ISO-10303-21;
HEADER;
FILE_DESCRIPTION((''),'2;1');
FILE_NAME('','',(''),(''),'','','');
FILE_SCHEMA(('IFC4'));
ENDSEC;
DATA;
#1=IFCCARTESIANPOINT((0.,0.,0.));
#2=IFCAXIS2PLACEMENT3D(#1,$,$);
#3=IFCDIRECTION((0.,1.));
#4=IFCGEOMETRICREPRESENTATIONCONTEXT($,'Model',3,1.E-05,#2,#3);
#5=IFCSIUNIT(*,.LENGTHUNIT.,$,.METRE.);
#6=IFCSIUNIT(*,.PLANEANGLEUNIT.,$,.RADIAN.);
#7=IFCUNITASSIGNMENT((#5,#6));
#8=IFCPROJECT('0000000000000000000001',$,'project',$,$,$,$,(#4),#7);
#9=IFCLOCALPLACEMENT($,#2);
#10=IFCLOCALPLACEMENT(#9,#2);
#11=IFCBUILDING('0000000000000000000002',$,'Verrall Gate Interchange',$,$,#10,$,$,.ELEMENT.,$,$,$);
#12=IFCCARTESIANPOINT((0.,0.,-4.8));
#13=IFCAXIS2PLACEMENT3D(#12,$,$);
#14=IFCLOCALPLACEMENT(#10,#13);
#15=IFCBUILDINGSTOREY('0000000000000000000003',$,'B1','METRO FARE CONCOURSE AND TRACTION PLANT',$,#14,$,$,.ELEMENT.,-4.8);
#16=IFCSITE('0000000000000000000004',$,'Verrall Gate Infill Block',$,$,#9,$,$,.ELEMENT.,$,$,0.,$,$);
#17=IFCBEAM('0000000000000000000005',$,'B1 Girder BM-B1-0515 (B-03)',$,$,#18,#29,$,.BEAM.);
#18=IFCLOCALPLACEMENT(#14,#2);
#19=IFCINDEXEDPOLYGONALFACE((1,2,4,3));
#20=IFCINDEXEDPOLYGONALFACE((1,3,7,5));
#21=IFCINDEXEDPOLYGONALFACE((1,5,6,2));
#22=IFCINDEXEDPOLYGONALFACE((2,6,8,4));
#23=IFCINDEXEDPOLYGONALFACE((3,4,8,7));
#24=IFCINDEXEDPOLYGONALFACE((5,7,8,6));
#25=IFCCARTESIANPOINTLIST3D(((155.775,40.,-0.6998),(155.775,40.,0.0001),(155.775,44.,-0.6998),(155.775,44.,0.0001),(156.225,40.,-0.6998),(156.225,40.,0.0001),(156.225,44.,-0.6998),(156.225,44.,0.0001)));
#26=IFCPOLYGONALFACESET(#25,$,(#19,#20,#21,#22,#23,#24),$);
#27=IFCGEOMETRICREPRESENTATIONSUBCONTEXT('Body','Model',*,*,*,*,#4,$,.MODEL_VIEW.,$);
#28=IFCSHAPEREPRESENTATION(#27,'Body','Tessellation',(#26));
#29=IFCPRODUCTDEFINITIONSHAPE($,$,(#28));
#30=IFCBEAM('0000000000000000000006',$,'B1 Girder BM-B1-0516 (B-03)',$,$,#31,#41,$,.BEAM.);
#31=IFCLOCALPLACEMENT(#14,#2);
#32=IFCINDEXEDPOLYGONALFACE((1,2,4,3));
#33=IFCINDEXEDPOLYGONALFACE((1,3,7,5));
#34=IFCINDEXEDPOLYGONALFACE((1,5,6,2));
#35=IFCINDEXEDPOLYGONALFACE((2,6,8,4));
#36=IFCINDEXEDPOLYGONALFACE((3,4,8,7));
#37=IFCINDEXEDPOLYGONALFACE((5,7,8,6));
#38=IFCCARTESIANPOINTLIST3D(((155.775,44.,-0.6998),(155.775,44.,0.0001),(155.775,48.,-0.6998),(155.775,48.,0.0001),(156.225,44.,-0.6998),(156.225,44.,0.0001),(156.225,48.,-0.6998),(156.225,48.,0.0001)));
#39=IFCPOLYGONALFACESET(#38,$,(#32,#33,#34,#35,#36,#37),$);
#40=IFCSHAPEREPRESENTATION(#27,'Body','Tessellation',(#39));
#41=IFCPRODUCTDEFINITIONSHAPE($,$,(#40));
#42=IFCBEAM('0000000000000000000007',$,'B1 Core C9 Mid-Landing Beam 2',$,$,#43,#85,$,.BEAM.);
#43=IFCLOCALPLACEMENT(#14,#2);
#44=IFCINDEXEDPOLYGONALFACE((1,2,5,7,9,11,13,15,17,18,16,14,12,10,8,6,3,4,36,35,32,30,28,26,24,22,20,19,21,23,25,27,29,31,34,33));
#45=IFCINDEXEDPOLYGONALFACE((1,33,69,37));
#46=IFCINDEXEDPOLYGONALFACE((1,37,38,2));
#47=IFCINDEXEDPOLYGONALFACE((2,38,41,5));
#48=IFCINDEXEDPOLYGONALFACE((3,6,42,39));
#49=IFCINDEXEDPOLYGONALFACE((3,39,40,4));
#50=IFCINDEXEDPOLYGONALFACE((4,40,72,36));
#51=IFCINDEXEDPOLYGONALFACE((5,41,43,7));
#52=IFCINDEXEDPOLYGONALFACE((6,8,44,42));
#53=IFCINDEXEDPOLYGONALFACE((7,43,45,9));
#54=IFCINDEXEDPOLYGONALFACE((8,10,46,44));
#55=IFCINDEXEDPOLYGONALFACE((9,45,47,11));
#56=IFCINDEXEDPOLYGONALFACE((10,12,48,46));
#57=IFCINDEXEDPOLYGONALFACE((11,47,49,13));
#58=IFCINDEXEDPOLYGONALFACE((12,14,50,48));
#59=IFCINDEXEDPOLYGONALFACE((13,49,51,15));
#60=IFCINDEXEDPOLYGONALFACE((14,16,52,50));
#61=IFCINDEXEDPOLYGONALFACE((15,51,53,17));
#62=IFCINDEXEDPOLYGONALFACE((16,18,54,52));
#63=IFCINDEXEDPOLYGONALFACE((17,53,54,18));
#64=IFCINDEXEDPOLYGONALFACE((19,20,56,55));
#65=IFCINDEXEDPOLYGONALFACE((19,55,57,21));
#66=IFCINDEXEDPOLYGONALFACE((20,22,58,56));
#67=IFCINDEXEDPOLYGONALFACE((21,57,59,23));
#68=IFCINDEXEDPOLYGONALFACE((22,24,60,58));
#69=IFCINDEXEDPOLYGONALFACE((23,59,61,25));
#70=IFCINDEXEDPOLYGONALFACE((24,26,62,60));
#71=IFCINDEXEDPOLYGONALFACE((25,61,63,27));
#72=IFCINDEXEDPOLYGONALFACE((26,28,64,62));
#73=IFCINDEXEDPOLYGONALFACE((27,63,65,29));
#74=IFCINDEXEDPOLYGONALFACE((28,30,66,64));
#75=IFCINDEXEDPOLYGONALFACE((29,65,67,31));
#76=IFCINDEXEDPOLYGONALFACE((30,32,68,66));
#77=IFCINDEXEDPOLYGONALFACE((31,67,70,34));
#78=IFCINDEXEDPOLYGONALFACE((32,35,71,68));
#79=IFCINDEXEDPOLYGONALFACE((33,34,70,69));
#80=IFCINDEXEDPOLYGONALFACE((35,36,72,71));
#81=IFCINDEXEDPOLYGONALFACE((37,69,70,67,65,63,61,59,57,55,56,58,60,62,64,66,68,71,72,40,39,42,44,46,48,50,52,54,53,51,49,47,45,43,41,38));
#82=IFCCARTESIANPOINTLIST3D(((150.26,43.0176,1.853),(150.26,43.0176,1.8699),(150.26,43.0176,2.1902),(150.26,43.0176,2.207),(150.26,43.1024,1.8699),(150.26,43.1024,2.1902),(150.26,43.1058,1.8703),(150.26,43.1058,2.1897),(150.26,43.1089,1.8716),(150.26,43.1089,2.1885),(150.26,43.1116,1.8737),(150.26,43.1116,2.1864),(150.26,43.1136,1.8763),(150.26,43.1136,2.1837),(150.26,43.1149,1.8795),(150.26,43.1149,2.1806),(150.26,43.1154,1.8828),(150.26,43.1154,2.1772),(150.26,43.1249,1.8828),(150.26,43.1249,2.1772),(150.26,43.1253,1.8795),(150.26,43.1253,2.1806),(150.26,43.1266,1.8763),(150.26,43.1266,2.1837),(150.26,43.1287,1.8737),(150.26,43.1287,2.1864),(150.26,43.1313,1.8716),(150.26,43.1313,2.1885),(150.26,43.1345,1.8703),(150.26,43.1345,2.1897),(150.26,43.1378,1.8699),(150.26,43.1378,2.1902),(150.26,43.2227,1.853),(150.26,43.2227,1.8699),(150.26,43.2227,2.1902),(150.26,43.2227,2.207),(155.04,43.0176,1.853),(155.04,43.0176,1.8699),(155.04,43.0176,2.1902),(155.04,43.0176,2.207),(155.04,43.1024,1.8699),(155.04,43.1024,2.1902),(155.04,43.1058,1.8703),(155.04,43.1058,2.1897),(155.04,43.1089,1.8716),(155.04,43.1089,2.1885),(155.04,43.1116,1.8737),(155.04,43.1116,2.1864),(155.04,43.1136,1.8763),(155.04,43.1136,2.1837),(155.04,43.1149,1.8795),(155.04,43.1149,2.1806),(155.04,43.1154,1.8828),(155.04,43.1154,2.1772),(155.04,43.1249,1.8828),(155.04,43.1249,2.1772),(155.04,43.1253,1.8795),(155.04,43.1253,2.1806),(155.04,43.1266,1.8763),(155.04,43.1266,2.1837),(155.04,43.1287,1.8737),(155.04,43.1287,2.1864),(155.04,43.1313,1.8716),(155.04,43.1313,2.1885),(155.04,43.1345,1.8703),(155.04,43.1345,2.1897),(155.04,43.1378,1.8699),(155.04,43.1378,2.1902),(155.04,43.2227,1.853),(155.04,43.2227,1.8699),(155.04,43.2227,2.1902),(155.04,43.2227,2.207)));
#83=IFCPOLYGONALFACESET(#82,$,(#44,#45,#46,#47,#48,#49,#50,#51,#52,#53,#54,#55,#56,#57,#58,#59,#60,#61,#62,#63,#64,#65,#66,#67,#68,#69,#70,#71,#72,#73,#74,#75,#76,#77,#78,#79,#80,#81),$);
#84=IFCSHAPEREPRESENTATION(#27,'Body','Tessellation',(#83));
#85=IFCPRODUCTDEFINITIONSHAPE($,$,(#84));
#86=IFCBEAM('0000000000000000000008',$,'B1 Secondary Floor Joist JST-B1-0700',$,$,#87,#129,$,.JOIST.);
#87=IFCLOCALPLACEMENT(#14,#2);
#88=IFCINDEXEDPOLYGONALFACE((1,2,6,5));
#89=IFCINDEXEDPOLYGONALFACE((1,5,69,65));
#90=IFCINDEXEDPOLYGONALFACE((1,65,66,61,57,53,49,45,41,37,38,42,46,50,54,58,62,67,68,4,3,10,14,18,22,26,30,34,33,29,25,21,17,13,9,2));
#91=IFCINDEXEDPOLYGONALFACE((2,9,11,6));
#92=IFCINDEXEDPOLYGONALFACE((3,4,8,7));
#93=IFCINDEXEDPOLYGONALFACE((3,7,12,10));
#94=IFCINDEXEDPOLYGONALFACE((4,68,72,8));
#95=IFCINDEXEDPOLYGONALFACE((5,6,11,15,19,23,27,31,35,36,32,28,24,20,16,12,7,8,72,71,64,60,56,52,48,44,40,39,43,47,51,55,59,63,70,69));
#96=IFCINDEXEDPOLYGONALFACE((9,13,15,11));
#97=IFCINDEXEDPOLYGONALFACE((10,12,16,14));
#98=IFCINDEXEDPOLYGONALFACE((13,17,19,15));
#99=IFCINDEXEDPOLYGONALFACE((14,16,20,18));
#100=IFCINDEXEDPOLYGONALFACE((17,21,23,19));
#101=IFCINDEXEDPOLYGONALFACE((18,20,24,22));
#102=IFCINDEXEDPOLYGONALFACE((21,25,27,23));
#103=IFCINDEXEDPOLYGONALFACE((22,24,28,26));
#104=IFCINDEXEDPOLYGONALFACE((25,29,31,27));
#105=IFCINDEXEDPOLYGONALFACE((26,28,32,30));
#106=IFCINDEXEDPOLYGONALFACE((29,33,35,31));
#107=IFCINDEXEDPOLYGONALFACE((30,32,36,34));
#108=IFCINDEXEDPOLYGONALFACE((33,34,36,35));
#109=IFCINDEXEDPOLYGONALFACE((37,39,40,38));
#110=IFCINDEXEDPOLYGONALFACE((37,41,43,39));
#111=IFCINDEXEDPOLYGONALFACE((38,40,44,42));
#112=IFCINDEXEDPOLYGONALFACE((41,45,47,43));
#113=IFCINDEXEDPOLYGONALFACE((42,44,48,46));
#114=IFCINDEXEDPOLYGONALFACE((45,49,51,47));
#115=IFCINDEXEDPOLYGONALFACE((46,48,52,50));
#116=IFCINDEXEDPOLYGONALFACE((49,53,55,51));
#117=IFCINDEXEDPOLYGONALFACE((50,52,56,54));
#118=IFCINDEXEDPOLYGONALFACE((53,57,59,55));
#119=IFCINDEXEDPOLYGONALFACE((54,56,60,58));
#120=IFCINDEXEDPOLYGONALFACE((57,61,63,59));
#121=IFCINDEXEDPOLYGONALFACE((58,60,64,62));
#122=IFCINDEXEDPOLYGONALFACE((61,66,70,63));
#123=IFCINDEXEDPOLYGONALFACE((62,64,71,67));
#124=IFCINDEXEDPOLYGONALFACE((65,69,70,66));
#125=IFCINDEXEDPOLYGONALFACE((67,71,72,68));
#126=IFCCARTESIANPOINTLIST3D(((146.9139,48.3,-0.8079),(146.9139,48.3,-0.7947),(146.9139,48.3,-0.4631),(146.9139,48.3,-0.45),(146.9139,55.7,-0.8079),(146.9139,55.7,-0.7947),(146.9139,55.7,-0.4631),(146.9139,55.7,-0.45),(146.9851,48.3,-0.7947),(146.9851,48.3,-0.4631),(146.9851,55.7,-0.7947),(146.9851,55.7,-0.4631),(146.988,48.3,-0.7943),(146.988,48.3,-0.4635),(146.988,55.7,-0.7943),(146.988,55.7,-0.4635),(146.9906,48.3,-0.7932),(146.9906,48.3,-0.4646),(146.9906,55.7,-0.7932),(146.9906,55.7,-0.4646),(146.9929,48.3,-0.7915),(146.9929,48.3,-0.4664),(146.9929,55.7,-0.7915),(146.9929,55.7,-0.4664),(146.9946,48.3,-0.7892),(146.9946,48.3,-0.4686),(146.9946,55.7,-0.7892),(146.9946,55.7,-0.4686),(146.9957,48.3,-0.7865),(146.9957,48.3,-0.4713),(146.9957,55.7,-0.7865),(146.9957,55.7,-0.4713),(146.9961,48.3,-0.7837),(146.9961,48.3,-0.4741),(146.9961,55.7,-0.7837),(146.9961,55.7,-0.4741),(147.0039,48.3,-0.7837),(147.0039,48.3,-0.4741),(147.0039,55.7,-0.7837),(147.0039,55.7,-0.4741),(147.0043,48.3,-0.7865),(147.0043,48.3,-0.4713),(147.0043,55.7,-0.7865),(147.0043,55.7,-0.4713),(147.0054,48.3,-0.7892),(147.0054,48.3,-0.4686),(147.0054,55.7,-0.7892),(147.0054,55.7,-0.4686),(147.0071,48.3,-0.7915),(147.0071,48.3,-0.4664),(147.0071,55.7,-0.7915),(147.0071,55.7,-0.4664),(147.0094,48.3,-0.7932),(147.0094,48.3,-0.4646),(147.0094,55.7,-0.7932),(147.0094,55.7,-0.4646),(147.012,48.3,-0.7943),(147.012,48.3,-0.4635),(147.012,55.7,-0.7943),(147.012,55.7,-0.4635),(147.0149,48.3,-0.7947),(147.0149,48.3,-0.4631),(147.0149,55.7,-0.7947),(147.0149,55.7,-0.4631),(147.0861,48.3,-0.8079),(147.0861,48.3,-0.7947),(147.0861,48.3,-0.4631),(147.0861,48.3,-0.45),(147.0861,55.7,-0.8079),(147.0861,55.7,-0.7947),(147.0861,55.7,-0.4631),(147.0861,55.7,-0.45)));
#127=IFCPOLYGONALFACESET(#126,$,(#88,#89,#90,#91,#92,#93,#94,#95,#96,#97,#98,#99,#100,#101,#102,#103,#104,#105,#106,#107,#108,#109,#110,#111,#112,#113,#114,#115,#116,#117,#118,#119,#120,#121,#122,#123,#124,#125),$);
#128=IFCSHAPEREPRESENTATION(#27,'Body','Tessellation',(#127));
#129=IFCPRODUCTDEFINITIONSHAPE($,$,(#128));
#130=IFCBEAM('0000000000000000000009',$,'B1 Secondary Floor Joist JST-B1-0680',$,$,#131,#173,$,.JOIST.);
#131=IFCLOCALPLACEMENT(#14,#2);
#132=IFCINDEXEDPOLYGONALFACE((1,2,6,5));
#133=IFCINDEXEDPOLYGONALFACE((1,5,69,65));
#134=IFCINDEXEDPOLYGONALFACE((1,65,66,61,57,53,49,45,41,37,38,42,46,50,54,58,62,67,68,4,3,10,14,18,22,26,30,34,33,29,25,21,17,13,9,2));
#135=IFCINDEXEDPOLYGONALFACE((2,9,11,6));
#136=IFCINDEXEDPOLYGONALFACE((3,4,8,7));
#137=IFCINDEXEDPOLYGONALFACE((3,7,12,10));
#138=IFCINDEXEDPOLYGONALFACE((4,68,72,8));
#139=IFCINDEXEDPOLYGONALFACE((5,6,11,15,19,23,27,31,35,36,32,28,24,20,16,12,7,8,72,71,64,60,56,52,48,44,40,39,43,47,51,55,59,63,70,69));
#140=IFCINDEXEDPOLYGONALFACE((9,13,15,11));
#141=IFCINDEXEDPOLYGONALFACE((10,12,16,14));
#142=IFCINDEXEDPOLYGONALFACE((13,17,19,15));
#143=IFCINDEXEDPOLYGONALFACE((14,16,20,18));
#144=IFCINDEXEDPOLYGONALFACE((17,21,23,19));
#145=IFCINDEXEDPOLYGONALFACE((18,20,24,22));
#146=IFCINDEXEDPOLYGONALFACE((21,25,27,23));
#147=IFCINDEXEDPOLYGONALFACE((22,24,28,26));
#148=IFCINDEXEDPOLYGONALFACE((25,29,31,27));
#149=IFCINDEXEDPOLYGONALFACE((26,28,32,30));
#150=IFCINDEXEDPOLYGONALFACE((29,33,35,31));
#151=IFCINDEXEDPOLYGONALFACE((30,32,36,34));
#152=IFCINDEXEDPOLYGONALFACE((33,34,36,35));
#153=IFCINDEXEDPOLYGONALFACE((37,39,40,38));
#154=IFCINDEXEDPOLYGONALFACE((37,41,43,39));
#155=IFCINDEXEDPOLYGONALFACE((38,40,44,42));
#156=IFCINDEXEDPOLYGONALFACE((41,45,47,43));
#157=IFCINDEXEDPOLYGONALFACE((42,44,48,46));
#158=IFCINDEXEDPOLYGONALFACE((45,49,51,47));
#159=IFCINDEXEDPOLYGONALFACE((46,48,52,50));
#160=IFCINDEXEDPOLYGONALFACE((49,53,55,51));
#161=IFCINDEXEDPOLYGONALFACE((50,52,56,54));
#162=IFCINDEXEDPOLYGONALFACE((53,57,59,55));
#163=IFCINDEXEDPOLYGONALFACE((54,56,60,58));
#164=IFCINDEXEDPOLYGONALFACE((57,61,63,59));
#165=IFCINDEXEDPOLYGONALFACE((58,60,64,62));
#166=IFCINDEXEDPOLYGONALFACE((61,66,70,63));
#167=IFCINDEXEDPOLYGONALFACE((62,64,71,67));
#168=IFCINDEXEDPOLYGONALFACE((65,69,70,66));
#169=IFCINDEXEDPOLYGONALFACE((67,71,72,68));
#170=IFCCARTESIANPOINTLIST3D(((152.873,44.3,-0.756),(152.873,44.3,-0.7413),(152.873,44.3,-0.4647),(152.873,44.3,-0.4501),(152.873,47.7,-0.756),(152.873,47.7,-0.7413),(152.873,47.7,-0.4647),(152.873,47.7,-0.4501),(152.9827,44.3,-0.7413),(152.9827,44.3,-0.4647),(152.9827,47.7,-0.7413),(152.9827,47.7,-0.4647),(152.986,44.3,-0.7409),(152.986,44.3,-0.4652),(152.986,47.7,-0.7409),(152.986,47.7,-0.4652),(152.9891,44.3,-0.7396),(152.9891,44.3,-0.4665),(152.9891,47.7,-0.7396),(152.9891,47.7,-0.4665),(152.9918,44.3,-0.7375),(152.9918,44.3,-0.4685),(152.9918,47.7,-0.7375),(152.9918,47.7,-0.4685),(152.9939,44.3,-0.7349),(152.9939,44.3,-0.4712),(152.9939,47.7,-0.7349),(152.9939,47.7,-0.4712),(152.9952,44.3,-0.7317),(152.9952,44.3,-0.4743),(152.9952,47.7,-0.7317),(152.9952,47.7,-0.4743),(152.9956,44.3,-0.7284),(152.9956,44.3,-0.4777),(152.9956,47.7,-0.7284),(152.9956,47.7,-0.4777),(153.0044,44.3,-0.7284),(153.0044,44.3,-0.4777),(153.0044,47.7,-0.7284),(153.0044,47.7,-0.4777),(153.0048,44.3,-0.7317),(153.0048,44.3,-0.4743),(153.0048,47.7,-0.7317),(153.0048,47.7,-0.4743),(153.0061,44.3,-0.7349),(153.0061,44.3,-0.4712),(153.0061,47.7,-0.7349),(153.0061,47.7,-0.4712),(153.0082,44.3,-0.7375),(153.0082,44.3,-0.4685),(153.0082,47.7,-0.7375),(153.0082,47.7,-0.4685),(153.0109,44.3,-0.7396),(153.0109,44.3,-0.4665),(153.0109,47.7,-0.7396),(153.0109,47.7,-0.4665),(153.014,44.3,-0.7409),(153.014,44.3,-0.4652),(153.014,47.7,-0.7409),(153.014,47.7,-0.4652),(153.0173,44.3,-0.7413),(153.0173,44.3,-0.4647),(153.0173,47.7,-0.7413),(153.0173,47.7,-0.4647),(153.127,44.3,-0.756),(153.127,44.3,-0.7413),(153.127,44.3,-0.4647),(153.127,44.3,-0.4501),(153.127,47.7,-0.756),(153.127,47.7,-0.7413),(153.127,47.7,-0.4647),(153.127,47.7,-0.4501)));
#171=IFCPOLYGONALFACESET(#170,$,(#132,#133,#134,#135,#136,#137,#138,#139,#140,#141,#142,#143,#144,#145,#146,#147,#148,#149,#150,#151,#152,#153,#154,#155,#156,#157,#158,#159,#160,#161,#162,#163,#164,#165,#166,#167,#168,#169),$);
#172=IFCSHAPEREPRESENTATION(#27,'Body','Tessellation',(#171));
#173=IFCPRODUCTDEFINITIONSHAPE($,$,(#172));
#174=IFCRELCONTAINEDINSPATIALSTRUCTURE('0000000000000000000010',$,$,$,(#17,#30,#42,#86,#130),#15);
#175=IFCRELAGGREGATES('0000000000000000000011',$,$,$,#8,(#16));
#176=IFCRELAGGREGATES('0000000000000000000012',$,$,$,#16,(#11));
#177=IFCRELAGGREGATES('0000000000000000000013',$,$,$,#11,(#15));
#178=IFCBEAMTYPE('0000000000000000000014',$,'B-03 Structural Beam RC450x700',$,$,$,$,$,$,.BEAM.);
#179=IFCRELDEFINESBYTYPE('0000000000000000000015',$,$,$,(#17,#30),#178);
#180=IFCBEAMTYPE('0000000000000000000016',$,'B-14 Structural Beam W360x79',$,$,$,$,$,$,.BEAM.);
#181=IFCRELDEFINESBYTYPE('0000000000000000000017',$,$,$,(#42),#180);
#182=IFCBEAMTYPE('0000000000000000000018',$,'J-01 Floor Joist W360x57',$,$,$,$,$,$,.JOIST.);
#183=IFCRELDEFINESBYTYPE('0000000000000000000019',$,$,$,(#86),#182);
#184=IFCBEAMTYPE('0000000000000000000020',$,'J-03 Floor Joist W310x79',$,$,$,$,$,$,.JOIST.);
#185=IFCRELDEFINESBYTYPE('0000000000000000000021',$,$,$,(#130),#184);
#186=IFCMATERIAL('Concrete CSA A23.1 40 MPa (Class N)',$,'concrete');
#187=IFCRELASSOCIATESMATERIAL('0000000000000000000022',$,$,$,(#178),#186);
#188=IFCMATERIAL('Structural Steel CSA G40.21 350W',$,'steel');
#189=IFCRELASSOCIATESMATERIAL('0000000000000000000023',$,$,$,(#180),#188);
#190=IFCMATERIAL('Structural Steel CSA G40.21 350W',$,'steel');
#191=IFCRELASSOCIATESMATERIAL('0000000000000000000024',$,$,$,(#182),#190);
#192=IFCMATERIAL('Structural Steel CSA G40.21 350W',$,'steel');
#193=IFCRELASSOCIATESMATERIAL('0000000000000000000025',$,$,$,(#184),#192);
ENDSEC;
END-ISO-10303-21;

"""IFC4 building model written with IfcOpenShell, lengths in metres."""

from ifc_helpers import new_model, si_unit, direction, frame, origin, origin_2d, place, context, subcontext, project, spatial, rectangle, i_section, extrude, material, material_profile, profile_set, type_object, element, save


model = new_model("IFC4")

# Units and contexts
model_context = context("Model", 3, precision=1e-05, world=origin(), true_north=direction((0.0, 1.0)))
body_context = subcontext(model_context, "Body", "Model", "MODEL_VIEW")
ifc_project = project(units=[si_unit("LENGTHUNIT", "METRE"), si_unit("PLANEANGLEUNIT", "RADIAN")], contexts=[model_context])

# Site, building, storey
site_placement = place(None, origin())
site = spatial("IfcSite", under=ifc_project, at=site_placement, Name="Verrall Gate Infill Block", CompositionType="ELEMENT", RefElevation=0.0)
building_placement = place(site_placement, origin())
building = spatial("IfcBuilding", under=site, at=building_placement, Name="Verrall Gate Interchange", CompositionType="ELEMENT")
storey_placement = place(building_placement, frame((0.0, 0.0, -4.8)))
storey = spatial("IfcBuildingStorey", under=building, at=storey_placement, Name="B1", Description="METRO FARE CONCOURSE AND TRACTION PLANT", CompositionType="ELEMENT", Elevation=-4.8)

# Beams
ifc_material_1 = material(Name="Concrete CSA A23.1 40 MPa (Class N)", Category="concrete")
ifc_material_profile_1 = material_profile(ifc_material_1, rectangle(XDim=0.45, YDim=0.7, at=origin_2d()), Name="RC450x700")
ifc_profile_set_1 = profile_set([ifc_material_profile_1], Name="Concrete CSA A23.1 40 MPa (Class N)")
beam_type_1 = type_object("IfcBeamType", Name="B-03 Structural Beam RC450x700", PredefinedType="BEAM", material=ifc_profile_set_1)
for number, where, z_axis, x_axis, name in (
    (1, (156.0, 40.0, -0.3499), (0.0, 1.0, 0.0), (-1.0, 0.0, 0.0), "B1 Girder BM-B1-0515 (B-03)"),
    (2, (156.0, 44.0, -0.3499), (0.0, 1.0, 0.0), (-1.0, 0.0, 0.0), "B1 Girder BM-B1-0516 (B-03)"),
):
    element("IfcBeam", number, at=place(storey_placement, frame(where, z_axis=z_axis, x_axis=x_axis)), inside=storey, type_object=beam_type_1, Name=name, PredefinedType="BEAM", context=body_context, shape_type="SweptSolid", body=[
        extrude(rectangle(XDim=0.45, YDim=0.7, at=origin_2d()), origin(), (0.0, 0.0, 1.0), 4.0),
    ])
ifc_material_2 = material(Name="Structural Steel CSA G40.21 350W", Category="steel")
ifc_material_profile_2 = material_profile(ifc_material_2, i_section(OverallWidth=0.2051, OverallDepth=0.354, WebThickness=0.0095, FlangeThickness=0.0168, FilletRadius=0.0129, at=origin_2d()), Name="W360x79")
ifc_profile_set_2 = profile_set([ifc_material_profile_2], Name="Structural Steel CSA G40.21 350W")
beam_type_2 = type_object("IfcBeamType", Name="B-14 Structural Beam W360x79", PredefinedType="BEAM", material=ifc_profile_set_2)
beam_1_placement = place(storey_placement, frame((150.26, 43.1201, 2.03), z_axis=(1.0, 0.0, 0.0), x_axis=(0.0, 1.0, 0.0)))
element("IfcBeam", 3, at=beam_1_placement, inside=storey, type_object=beam_type_2, Name="B1 Core C9 Mid-Landing Beam 2", PredefinedType="BEAM", context=body_context, shape_type="SweptSolid", body=[
    extrude(i_section(OverallWidth=0.2051, OverallDepth=0.354, WebThickness=0.0095, FlangeThickness=0.0168, FilletRadius=0.0129, at=origin_2d()), origin(), (0.0, 0.0, 1.0), 4.78),
])
ifc_material_3 = material(Name="Structural Steel CSA G40.21 350W", Category="steel")
ifc_material_profile_3 = material_profile(ifc_material_3, i_section(OverallWidth=0.1721, OverallDepth=0.3579, WebThickness=0.0078, FlangeThickness=0.0132, FilletRadius=0.011, at=origin_2d()), Name="W360x57")
ifc_profile_set_3 = profile_set([ifc_material_profile_3], Name="Structural Steel CSA G40.21 350W")
beam_type_3 = type_object("IfcBeamType", Name="J-01 Floor Joist W360x57", PredefinedType="JOIST", material=ifc_profile_set_3)
beam_2_placement = place(storey_placement, frame((147.0, 48.3, -0.6289), z_axis=(0.0, 1.0, 0.0), x_axis=(-1.0, 0.0, 0.0)))
element("IfcBeam", 4, at=beam_2_placement, inside=storey, type_object=beam_type_3, Name="B1 Secondary Floor Joist JST-B1-0700", PredefinedType="JOIST", context=body_context, shape_type="SweptSolid", body=[
    extrude(i_section(OverallWidth=0.1721, OverallDepth=0.3579, WebThickness=0.0078, FlangeThickness=0.0132, FilletRadius=0.011, at=origin_2d()), origin(), (0.0, 0.0, 1.0), 7.3999),
])
ifc_material_4 = material(Name="Structural Steel CSA G40.21 350W", Category="steel")
ifc_material_profile_4 = material_profile(ifc_material_4, i_section(OverallWidth=0.2539, OverallDepth=0.3059, WebThickness=0.0088, FlangeThickness=0.0146, FilletRadius=0.0129, at=origin_2d()), Name="W310x79")
ifc_profile_set_4 = profile_set([ifc_material_profile_4], Name="Structural Steel CSA G40.21 350W")
beam_type_4 = type_object("IfcBeamType", Name="J-03 Floor Joist W310x79", PredefinedType="JOIST", material=ifc_profile_set_4)
beam_3_placement = place(storey_placement, frame((153.0, 44.3, -0.603), z_axis=(0.0, 1.0, 0.0), x_axis=(-1.0, 0.0, 0.0)))
element("IfcBeam", 5, at=beam_3_placement, inside=storey, type_object=beam_type_4, Name="B1 Secondary Floor Joist JST-B1-0680", PredefinedType="JOIST", context=body_context, shape_type="SweptSolid", body=[
    extrude(i_section(OverallWidth=0.2539, OverallDepth=0.3059, WebThickness=0.0088, FlangeThickness=0.0146, FilletRadius=0.0129, at=origin_2d()), origin(), (0.0, 0.0, 1.0), 3.3999),
])

save(model, "model.ifc")
